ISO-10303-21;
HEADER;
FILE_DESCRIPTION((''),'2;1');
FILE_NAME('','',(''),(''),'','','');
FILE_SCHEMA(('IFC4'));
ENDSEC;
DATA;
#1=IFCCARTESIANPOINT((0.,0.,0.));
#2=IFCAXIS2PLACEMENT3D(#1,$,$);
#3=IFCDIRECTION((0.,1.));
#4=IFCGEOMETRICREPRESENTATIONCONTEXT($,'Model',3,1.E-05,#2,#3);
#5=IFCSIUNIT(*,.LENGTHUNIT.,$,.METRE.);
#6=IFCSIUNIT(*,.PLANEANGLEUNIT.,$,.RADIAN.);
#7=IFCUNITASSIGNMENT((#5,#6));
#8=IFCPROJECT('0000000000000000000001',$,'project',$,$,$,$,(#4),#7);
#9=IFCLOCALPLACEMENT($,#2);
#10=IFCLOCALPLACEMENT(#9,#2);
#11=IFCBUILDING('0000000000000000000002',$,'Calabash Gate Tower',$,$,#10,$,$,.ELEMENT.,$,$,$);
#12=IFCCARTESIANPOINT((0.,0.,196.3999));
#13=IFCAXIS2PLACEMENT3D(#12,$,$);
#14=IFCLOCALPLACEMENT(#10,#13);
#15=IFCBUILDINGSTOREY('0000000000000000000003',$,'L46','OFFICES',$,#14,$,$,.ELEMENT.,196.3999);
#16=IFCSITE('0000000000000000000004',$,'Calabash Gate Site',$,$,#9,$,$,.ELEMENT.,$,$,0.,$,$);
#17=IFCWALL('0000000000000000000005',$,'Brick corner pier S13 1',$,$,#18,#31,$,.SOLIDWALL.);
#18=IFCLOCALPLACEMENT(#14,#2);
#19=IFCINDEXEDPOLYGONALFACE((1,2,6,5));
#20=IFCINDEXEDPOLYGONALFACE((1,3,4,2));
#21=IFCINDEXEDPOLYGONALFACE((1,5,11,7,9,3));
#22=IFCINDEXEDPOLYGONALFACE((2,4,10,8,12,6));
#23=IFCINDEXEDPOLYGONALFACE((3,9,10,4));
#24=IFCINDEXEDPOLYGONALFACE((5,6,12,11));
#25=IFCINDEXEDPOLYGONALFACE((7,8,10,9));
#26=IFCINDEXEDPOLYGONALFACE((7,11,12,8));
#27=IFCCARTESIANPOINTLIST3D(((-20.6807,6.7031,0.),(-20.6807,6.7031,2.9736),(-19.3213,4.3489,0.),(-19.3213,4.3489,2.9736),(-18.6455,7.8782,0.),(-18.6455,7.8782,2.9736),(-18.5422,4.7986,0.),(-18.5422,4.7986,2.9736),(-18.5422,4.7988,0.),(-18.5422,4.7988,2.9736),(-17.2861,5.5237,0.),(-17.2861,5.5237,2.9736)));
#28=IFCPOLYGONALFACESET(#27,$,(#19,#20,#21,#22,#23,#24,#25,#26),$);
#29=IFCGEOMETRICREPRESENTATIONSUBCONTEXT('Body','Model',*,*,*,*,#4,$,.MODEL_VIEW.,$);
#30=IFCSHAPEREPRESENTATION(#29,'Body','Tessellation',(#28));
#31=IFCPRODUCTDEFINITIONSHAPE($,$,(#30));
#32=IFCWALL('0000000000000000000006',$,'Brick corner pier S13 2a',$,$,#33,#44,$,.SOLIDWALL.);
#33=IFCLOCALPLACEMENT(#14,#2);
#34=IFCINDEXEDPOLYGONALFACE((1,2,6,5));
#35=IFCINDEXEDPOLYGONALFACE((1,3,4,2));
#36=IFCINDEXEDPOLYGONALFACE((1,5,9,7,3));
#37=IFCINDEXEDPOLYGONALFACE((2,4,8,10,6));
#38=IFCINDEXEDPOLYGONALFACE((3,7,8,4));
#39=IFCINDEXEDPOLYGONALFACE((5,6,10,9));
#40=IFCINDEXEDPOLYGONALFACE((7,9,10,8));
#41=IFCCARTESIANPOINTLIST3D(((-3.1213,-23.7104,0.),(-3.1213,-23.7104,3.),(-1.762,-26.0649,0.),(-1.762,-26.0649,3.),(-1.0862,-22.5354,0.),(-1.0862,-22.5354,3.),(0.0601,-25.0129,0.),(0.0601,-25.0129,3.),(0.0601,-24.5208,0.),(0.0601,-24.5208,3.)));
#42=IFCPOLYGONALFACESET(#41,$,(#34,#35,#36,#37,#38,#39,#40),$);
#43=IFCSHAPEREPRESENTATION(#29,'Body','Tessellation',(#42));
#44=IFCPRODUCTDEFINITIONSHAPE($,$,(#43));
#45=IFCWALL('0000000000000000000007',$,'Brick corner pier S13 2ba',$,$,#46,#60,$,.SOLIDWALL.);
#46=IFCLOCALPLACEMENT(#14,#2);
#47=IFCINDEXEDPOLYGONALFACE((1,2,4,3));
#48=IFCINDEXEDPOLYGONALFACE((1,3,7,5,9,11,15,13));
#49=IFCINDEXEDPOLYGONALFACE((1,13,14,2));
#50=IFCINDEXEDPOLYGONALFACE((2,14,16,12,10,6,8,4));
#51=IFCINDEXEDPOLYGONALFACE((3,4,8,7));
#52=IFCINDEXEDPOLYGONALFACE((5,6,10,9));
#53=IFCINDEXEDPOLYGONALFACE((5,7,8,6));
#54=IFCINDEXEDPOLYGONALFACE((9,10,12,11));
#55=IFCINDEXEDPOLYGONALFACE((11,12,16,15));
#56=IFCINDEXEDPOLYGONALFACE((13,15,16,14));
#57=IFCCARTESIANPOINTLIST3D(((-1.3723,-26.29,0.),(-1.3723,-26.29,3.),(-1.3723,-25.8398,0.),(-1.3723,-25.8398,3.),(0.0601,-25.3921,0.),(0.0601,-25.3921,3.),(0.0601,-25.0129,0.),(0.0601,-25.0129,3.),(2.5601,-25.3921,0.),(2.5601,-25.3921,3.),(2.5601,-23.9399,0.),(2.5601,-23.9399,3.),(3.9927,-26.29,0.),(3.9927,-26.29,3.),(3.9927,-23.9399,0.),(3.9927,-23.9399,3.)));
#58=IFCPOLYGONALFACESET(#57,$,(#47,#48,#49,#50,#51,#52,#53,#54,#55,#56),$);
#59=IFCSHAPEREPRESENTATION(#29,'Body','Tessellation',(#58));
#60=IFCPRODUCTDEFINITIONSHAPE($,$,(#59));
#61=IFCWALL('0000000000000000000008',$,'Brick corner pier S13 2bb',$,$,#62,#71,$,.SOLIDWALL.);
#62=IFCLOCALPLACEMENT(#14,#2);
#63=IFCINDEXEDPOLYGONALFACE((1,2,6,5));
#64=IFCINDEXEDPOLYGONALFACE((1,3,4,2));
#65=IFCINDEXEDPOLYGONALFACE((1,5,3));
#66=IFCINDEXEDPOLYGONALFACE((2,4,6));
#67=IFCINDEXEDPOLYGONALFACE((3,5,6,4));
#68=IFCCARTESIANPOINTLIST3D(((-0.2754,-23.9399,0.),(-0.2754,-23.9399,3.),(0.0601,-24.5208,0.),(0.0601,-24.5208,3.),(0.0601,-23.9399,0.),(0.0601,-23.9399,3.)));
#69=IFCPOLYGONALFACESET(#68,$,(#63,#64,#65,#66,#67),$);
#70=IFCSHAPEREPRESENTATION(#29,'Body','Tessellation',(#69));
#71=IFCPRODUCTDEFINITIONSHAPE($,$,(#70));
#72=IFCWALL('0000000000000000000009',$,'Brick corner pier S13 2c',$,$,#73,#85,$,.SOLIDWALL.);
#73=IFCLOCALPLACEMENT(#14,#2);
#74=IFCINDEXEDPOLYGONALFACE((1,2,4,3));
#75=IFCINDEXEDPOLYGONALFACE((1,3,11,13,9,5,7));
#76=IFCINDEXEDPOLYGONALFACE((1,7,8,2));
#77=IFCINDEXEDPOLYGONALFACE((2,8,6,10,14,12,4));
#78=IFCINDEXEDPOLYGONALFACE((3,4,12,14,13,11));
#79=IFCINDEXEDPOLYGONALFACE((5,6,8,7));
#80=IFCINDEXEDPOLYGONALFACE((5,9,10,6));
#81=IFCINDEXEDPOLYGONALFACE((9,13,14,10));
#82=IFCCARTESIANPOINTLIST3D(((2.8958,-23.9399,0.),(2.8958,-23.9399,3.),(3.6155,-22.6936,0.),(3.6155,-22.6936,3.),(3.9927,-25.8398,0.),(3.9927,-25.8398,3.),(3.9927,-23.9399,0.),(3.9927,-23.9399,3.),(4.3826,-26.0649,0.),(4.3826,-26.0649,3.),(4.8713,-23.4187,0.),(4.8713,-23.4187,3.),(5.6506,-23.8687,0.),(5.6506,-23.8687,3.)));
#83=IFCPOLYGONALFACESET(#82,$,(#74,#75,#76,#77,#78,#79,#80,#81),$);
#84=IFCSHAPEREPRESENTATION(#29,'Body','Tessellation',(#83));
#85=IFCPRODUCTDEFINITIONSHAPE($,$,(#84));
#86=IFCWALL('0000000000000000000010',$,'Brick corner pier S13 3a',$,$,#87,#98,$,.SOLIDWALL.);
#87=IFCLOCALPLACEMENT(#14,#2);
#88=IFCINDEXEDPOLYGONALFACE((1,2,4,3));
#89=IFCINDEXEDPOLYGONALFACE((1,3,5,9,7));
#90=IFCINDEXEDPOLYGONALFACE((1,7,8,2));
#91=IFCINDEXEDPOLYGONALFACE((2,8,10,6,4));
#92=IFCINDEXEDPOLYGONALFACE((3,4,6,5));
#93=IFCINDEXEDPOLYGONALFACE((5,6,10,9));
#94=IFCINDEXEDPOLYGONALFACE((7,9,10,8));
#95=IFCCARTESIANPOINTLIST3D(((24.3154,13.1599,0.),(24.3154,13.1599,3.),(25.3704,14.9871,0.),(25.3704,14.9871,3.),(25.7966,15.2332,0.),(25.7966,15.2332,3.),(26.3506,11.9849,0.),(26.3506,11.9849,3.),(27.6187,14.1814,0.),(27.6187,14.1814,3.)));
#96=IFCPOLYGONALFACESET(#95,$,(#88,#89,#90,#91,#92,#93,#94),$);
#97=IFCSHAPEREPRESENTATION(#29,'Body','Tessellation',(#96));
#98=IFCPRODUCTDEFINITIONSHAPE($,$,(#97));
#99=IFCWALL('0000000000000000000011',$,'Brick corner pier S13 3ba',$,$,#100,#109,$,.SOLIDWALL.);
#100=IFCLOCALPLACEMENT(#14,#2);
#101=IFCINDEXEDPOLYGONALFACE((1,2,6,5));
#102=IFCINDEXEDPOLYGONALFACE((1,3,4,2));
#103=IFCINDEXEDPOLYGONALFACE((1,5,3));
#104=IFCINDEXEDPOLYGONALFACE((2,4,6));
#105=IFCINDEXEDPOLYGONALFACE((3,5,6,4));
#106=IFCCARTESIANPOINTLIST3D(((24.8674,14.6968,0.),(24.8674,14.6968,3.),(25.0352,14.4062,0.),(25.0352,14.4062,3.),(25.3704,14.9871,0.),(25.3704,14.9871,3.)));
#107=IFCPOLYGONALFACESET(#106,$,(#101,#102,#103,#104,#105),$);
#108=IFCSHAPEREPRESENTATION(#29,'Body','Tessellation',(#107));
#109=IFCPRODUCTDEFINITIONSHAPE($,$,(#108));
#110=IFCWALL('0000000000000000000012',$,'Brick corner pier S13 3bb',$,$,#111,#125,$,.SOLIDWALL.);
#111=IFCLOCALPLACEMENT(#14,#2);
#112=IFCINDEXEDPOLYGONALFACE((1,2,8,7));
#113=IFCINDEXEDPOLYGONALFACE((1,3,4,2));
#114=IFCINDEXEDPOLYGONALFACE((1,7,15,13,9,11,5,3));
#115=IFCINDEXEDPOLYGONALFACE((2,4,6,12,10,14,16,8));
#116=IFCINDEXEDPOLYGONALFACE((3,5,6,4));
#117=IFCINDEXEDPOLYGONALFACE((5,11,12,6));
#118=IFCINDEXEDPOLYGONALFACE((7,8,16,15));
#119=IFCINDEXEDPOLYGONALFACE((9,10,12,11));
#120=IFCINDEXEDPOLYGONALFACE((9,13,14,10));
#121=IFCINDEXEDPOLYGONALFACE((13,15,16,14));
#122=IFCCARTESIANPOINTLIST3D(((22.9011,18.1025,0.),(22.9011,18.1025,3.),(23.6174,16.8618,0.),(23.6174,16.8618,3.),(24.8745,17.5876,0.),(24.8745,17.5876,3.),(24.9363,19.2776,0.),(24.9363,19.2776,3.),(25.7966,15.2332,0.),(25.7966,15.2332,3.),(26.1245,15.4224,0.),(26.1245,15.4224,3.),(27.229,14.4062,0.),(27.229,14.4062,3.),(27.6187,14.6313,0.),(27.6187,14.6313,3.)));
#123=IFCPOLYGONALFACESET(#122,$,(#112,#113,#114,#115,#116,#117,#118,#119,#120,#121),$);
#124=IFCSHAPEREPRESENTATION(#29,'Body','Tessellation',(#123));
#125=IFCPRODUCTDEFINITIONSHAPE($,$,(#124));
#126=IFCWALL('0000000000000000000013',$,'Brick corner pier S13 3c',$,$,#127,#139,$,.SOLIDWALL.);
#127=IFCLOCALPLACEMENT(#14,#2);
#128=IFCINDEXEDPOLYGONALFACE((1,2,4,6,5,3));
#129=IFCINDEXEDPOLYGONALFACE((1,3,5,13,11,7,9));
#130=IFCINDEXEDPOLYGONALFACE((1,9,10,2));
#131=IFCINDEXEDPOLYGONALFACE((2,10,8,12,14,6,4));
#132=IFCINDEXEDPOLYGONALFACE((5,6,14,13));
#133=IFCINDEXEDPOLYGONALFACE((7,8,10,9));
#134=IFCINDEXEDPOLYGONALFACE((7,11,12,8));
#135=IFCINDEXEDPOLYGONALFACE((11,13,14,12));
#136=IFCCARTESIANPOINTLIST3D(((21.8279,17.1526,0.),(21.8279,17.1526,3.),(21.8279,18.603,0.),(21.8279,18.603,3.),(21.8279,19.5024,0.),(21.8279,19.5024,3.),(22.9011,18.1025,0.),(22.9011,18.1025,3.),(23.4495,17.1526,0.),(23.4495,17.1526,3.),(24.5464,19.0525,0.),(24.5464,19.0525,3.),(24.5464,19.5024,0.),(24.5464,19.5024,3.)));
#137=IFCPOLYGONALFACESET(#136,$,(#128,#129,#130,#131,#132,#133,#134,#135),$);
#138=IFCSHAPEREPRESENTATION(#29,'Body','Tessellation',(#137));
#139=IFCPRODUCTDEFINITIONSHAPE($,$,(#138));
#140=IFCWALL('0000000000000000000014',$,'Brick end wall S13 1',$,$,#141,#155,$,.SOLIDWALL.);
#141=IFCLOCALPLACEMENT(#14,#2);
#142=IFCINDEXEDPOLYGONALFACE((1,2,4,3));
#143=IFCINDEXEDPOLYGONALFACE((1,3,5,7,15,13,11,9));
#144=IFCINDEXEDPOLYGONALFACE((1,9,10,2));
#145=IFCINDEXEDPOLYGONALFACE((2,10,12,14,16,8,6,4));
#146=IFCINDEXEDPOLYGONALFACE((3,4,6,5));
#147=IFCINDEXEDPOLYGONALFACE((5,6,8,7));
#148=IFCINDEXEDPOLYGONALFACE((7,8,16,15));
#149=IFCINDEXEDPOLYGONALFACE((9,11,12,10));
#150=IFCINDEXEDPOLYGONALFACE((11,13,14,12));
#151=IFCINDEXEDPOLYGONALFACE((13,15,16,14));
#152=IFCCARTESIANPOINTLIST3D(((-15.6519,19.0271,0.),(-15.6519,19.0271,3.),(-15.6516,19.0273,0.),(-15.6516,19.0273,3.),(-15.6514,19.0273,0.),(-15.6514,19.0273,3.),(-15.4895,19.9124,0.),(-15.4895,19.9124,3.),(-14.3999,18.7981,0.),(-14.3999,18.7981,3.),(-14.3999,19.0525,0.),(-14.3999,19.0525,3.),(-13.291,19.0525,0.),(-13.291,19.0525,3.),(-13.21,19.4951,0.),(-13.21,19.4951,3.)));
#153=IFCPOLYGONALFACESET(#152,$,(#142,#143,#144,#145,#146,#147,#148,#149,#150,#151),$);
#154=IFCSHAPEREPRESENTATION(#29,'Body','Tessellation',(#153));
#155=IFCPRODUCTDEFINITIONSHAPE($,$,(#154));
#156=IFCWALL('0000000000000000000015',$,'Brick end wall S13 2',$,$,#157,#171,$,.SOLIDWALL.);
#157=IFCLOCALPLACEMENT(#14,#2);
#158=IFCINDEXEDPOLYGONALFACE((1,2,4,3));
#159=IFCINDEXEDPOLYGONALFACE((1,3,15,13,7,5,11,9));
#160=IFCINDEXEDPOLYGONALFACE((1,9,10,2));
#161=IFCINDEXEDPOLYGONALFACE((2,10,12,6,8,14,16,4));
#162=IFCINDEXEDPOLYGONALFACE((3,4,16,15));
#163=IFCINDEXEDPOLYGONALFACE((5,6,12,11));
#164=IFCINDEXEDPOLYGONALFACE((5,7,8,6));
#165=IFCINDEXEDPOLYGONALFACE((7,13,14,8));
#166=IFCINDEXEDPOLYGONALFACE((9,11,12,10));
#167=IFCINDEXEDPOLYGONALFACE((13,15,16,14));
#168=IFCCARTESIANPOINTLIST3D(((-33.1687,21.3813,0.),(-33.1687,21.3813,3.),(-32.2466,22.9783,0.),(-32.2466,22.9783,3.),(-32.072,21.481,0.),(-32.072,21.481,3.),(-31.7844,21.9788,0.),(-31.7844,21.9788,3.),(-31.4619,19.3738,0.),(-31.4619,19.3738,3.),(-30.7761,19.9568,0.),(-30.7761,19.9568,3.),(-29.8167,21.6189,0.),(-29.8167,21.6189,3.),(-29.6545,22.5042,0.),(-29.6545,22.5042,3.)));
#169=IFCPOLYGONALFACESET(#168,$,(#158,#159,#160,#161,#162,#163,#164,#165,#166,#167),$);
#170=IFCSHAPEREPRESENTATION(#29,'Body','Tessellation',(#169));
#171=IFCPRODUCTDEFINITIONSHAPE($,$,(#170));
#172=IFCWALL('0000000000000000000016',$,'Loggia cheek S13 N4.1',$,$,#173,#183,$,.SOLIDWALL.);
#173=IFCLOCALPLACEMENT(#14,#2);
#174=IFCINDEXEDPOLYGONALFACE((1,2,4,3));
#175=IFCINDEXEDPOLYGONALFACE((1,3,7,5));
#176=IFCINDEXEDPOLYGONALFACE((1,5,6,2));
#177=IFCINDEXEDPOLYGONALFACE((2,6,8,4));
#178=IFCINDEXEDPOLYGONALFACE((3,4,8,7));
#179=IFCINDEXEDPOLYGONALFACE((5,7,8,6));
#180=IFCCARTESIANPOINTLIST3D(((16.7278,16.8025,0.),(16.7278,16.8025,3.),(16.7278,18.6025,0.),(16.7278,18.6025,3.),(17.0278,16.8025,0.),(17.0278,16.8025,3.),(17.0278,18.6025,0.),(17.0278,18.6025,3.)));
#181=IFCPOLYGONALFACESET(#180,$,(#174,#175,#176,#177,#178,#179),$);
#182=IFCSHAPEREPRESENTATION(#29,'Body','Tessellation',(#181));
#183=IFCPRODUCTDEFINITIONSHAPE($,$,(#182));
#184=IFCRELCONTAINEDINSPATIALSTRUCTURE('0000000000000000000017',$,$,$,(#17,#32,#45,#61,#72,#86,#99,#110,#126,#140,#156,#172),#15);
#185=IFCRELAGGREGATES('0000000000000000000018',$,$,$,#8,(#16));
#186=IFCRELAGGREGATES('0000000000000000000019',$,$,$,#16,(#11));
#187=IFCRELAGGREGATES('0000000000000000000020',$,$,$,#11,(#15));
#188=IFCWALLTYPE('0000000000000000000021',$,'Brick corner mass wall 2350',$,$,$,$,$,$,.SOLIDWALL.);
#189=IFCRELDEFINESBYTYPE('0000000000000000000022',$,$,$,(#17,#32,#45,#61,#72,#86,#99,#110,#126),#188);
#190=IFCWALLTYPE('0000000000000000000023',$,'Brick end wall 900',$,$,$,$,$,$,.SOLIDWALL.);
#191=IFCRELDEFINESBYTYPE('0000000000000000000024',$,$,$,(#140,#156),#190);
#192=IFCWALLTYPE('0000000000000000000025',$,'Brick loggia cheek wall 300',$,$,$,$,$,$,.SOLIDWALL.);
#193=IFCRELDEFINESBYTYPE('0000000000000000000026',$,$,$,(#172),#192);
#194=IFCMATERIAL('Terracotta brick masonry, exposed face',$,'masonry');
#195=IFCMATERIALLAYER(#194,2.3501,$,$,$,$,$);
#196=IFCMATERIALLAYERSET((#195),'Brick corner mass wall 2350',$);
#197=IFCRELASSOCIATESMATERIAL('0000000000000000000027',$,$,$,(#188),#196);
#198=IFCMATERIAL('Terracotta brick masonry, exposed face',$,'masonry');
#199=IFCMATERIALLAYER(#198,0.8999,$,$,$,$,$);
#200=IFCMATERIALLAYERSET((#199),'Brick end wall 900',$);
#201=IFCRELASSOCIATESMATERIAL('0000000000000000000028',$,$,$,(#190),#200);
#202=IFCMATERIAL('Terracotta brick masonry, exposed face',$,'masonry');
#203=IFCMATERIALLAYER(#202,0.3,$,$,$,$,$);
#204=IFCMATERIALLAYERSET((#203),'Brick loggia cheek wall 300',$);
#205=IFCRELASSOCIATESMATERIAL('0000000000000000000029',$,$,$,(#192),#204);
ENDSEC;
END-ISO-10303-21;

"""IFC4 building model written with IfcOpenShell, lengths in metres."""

from ifc_helpers import new_model, si_unit, direction, frame, origin, place, context, subcontext, project, spatial, polyline, outline, extrude, material, layer, layer_set, type_object, element, save


model = new_model("IFC4")

# Units and contexts
model_context = context("Model", 3, precision=1e-05, world=origin(), true_north=direction((0.0, 1.0)))
body_context = subcontext(model_context, "Body", "Model", "MODEL_VIEW")
ifc_project = project(units=[si_unit("LENGTHUNIT", "METRE"), si_unit("PLANEANGLEUNIT", "RADIAN")], contexts=[model_context])

# Site, building, storey
site_placement = place(None, origin())
site = spatial("IfcSite", under=ifc_project, at=site_placement, Name="Calabash Gate Site", CompositionType="ELEMENT", RefElevation=0.0)
building_placement = place(site_placement, origin())
building = spatial("IfcBuilding", under=site, at=building_placement, Name="Calabash Gate Tower", CompositionType="ELEMENT")
storey_placement = place(building_placement, frame((0.0, 0.0, 196.3999)))
storey = spatial("IfcBuildingStorey", under=building, at=storey_placement, Name="L46", Description="OFFICES", CompositionType="ELEMENT", Elevation=196.3999)

# Walls
ifc_material_1 = material(Name="Terracotta brick masonry, exposed face", Category="masonry")
ifc_layer_1 = layer(ifc_material_1, 2.3501)
ifc_layer_set_1 = layer_set([ifc_layer_1], Name="Brick corner mass wall 2350")
wall_type_1 = type_object("IfcWallType", Name="Brick corner mass wall 2350", PredefinedType="SOLIDWALL", material=ifc_layer_set_1)
wall_1_placement = place(storey_placement, origin())
element("IfcWall", 1, at=wall_1_placement, inside=storey, type_object=wall_type_1, Name="Brick corner pier S13 1", PredefinedType="SOLIDWALL", context=body_context, shape_type="SweptSolid", body=[
    extrude(outline(polyline([(-20.6807, 6.7031), (-19.3213, 4.3489), (-18.5422, 4.7988), (-18.5422, 4.7986), (-17.2861, 5.5237), (-18.6455, 7.8782), (-20.6807, 6.7031)])), origin(), (0.0, 0.0, 1.0), 2.9736),
])
wall_2_placement = place(storey_placement, origin())
element("IfcWall", 2, at=wall_2_placement, inside=storey, type_object=wall_type_1, Name="Brick corner pier S13 2a", PredefinedType="SOLIDWALL", context=body_context, shape_type="SweptSolid", body=[
    extrude(outline(polyline([(0.0601, -24.5208), (-1.0862, -22.5354), (-3.1213, -23.7104), (-1.762, -26.0649), (0.0601, -25.0129), (0.0601, -24.5208)])), origin(), (0.0, 0.0, 1.0), 3.0),
])
wall_3_placement = place(storey_placement, origin())
element("IfcWall", 3, at=wall_3_placement, inside=storey, type_object=wall_type_1, Name="Brick corner pier S13 2ba", PredefinedType="SOLIDWALL", context=body_context, shape_type="SweptSolid", body=[
    extrude(outline(polyline([(2.5601, -23.9399), (2.5601, -25.3921), (0.0601, -25.3921), (0.0601, -25.0129), (-1.3723, -25.8398), (-1.3723, -26.29), (3.9927, -26.29), (3.9927, -23.9399), (2.5601, -23.9399)])), origin(), (0.0, 0.0, 1.0), 3.0),
])
wall_4_placement = place(storey_placement, origin())
element("IfcWall", 4, at=wall_4_placement, inside=storey, type_object=wall_type_1, Name="Brick corner pier S13 2bb", PredefinedType="SOLIDWALL", context=body_context, shape_type="SweptSolid", body=[
    extrude(outline(polyline([(-0.2754, -23.9399), (0.0601, -24.5208), (0.0601, -23.9399), (-0.2754, -23.9399)])), origin(), (0.0, 0.0, 1.0), 3.0),
])
wall_5_placement = place(storey_placement, origin())
element("IfcWall", 5, at=wall_5_placement, inside=storey, type_object=wall_type_1, Name="Brick corner pier S13 2c", PredefinedType="SOLIDWALL", context=body_context, shape_type="SweptSolid", body=[
    extrude(outline(polyline([(4.8713, -23.4187), (3.6155, -22.6936), (2.8958, -23.9399), (3.9927, -23.9399), (3.9927, -25.8398), (4.3826, -26.0649), (5.6506, -23.8687), (4.8713, -23.4187), (4.8713, -23.4187)])), origin(), (0.0, 0.0, 1.0), 3.0),
])
wall_6_placement = place(storey_placement, origin())
element("IfcWall", 6, at=wall_6_placement, inside=storey, type_object=wall_type_1, Name="Brick corner pier S13 3a", PredefinedType="SOLIDWALL", context=body_context, shape_type="SweptSolid", body=[
    extrude(outline(polyline([(25.3704, 14.9871), (24.3154, 13.1599), (26.3506, 11.9849), (27.6187, 14.1814), (25.7966, 15.2332), (25.3704, 14.9871)])), origin(), (0.0, 0.0, 1.0), 3.0),
])
wall_7_placement = place(storey_placement, origin())
element("IfcWall", 7, at=wall_7_placement, inside=storey, type_object=wall_type_1, Name="Brick corner pier S13 3ba", PredefinedType="SOLIDWALL", context=body_context, shape_type="SweptSolid", body=[
    extrude(outline(polyline([(25.0352, 14.4062), (25.3704, 14.9871), (24.8674, 14.6968), (25.0352, 14.4062)])), origin(), (0.0, 0.0, 1.0), 3.0),
])
wall_8_placement = place(storey_placement, origin())
element("IfcWall", 8, at=wall_8_placement, inside=storey, type_object=wall_type_1, Name="Brick corner pier S13 3bb", PredefinedType="SOLIDWALL", context=body_context, shape_type="SweptSolid", body=[
    extrude(outline(polyline([(22.9011, 18.1025), (23.6174, 16.8618), (24.8745, 17.5876), (26.1245, 15.4224), (25.7966, 15.2332), (27.229, 14.4062), (27.6187, 14.6313), (24.9363, 19.2776), (22.9011, 18.1025)])), origin(), (0.0, 0.0, 1.0), 3.0),
])
wall_9_placement = place(storey_placement, origin())
element("IfcWall", 9, at=wall_9_placement, inside=storey, type_object=wall_type_1, Name="Brick corner pier S13 3c", PredefinedType="SOLIDWALL", context=body_context, shape_type="SweptSolid", body=[
    extrude(outline(polyline([(21.8279, 18.603), (21.8279, 17.1526), (23.4495, 17.1526), (22.9011, 18.1025), (24.5464, 19.0525), (24.5464, 19.5024), (21.8279, 19.5024), (21.8279, 18.603), (21.8279, 18.603)])), origin(), (0.0, 0.0, 1.0), 3.0),
])
ifc_material_2 = material(Name="Terracotta brick masonry, exposed face", Category="masonry")
ifc_layer_2 = layer(ifc_material_2, 0.8999)
ifc_layer_set_2 = layer_set([ifc_layer_2], Name="Brick end wall 900")
wall_type_2 = type_object("IfcWallType", Name="Brick end wall 900", PredefinedType="SOLIDWALL", material=ifc_layer_set_2)
wall_10_placement = place(storey_placement, origin())
element("IfcWall", 10, at=wall_10_placement, inside=storey, type_object=wall_type_2, Name="Brick end wall S13 1", PredefinedType="SOLIDWALL", context=body_context, shape_type="SweptSolid", body=[
    extrude(outline(polyline([(-15.6516, 19.0273), (-15.6519, 19.0271), (-14.3999, 18.7981), (-14.3999, 19.0525), (-13.291, 19.0525), (-13.21, 19.4951), (-15.4895, 19.9124), (-15.6514, 19.0273), (-15.6516, 19.0273)])), origin(), (0.0, 0.0, 1.0), 3.0),
])
wall_11_placement = place(storey_placement, origin())
element("IfcWall", 11, at=wall_11_placement, inside=storey, type_object=wall_type_2, Name="Brick end wall S13 2", PredefinedType="SOLIDWALL", context=body_context, shape_type="SweptSolid", body=[
    extrude(outline(polyline([(-31.7844, 21.9788), (-29.8167, 21.6189), (-29.6545, 22.5042), (-32.2466, 22.9783), (-33.1687, 21.3813), (-31.4619, 19.3738), (-30.7761, 19.9568), (-32.072, 21.481), (-31.7844, 21.9788)])), origin(), (0.0, 0.0, 1.0), 3.0),
])
ifc_material_3 = material(Name="Terracotta brick masonry, exposed face", Category="masonry")
ifc_layer_3 = layer(ifc_material_3, 0.3)
ifc_layer_set_3 = layer_set([ifc_layer_3], Name="Brick loggia cheek wall 300")
wall_type_3 = type_object("IfcWallType", Name="Brick loggia cheek wall 300", PredefinedType="SOLIDWALL", material=ifc_layer_set_3)
wall_12_placement = place(storey_placement, origin())
element("IfcWall", 12, at=wall_12_placement, inside=storey, type_object=wall_type_3, Name="Loggia cheek S13 N4.1", PredefinedType="SOLIDWALL", context=body_context, shape_type="SweptSolid", body=[
    extrude(outline(polyline([(17.0278, 18.6025), (16.7278, 18.6025), (16.7278, 16.8025), (17.0278, 16.8025), (17.0278, 18.6025)])), origin(), (0.0, 0.0, 1.0), 3.0),
])

save(model, "model.ifc")
